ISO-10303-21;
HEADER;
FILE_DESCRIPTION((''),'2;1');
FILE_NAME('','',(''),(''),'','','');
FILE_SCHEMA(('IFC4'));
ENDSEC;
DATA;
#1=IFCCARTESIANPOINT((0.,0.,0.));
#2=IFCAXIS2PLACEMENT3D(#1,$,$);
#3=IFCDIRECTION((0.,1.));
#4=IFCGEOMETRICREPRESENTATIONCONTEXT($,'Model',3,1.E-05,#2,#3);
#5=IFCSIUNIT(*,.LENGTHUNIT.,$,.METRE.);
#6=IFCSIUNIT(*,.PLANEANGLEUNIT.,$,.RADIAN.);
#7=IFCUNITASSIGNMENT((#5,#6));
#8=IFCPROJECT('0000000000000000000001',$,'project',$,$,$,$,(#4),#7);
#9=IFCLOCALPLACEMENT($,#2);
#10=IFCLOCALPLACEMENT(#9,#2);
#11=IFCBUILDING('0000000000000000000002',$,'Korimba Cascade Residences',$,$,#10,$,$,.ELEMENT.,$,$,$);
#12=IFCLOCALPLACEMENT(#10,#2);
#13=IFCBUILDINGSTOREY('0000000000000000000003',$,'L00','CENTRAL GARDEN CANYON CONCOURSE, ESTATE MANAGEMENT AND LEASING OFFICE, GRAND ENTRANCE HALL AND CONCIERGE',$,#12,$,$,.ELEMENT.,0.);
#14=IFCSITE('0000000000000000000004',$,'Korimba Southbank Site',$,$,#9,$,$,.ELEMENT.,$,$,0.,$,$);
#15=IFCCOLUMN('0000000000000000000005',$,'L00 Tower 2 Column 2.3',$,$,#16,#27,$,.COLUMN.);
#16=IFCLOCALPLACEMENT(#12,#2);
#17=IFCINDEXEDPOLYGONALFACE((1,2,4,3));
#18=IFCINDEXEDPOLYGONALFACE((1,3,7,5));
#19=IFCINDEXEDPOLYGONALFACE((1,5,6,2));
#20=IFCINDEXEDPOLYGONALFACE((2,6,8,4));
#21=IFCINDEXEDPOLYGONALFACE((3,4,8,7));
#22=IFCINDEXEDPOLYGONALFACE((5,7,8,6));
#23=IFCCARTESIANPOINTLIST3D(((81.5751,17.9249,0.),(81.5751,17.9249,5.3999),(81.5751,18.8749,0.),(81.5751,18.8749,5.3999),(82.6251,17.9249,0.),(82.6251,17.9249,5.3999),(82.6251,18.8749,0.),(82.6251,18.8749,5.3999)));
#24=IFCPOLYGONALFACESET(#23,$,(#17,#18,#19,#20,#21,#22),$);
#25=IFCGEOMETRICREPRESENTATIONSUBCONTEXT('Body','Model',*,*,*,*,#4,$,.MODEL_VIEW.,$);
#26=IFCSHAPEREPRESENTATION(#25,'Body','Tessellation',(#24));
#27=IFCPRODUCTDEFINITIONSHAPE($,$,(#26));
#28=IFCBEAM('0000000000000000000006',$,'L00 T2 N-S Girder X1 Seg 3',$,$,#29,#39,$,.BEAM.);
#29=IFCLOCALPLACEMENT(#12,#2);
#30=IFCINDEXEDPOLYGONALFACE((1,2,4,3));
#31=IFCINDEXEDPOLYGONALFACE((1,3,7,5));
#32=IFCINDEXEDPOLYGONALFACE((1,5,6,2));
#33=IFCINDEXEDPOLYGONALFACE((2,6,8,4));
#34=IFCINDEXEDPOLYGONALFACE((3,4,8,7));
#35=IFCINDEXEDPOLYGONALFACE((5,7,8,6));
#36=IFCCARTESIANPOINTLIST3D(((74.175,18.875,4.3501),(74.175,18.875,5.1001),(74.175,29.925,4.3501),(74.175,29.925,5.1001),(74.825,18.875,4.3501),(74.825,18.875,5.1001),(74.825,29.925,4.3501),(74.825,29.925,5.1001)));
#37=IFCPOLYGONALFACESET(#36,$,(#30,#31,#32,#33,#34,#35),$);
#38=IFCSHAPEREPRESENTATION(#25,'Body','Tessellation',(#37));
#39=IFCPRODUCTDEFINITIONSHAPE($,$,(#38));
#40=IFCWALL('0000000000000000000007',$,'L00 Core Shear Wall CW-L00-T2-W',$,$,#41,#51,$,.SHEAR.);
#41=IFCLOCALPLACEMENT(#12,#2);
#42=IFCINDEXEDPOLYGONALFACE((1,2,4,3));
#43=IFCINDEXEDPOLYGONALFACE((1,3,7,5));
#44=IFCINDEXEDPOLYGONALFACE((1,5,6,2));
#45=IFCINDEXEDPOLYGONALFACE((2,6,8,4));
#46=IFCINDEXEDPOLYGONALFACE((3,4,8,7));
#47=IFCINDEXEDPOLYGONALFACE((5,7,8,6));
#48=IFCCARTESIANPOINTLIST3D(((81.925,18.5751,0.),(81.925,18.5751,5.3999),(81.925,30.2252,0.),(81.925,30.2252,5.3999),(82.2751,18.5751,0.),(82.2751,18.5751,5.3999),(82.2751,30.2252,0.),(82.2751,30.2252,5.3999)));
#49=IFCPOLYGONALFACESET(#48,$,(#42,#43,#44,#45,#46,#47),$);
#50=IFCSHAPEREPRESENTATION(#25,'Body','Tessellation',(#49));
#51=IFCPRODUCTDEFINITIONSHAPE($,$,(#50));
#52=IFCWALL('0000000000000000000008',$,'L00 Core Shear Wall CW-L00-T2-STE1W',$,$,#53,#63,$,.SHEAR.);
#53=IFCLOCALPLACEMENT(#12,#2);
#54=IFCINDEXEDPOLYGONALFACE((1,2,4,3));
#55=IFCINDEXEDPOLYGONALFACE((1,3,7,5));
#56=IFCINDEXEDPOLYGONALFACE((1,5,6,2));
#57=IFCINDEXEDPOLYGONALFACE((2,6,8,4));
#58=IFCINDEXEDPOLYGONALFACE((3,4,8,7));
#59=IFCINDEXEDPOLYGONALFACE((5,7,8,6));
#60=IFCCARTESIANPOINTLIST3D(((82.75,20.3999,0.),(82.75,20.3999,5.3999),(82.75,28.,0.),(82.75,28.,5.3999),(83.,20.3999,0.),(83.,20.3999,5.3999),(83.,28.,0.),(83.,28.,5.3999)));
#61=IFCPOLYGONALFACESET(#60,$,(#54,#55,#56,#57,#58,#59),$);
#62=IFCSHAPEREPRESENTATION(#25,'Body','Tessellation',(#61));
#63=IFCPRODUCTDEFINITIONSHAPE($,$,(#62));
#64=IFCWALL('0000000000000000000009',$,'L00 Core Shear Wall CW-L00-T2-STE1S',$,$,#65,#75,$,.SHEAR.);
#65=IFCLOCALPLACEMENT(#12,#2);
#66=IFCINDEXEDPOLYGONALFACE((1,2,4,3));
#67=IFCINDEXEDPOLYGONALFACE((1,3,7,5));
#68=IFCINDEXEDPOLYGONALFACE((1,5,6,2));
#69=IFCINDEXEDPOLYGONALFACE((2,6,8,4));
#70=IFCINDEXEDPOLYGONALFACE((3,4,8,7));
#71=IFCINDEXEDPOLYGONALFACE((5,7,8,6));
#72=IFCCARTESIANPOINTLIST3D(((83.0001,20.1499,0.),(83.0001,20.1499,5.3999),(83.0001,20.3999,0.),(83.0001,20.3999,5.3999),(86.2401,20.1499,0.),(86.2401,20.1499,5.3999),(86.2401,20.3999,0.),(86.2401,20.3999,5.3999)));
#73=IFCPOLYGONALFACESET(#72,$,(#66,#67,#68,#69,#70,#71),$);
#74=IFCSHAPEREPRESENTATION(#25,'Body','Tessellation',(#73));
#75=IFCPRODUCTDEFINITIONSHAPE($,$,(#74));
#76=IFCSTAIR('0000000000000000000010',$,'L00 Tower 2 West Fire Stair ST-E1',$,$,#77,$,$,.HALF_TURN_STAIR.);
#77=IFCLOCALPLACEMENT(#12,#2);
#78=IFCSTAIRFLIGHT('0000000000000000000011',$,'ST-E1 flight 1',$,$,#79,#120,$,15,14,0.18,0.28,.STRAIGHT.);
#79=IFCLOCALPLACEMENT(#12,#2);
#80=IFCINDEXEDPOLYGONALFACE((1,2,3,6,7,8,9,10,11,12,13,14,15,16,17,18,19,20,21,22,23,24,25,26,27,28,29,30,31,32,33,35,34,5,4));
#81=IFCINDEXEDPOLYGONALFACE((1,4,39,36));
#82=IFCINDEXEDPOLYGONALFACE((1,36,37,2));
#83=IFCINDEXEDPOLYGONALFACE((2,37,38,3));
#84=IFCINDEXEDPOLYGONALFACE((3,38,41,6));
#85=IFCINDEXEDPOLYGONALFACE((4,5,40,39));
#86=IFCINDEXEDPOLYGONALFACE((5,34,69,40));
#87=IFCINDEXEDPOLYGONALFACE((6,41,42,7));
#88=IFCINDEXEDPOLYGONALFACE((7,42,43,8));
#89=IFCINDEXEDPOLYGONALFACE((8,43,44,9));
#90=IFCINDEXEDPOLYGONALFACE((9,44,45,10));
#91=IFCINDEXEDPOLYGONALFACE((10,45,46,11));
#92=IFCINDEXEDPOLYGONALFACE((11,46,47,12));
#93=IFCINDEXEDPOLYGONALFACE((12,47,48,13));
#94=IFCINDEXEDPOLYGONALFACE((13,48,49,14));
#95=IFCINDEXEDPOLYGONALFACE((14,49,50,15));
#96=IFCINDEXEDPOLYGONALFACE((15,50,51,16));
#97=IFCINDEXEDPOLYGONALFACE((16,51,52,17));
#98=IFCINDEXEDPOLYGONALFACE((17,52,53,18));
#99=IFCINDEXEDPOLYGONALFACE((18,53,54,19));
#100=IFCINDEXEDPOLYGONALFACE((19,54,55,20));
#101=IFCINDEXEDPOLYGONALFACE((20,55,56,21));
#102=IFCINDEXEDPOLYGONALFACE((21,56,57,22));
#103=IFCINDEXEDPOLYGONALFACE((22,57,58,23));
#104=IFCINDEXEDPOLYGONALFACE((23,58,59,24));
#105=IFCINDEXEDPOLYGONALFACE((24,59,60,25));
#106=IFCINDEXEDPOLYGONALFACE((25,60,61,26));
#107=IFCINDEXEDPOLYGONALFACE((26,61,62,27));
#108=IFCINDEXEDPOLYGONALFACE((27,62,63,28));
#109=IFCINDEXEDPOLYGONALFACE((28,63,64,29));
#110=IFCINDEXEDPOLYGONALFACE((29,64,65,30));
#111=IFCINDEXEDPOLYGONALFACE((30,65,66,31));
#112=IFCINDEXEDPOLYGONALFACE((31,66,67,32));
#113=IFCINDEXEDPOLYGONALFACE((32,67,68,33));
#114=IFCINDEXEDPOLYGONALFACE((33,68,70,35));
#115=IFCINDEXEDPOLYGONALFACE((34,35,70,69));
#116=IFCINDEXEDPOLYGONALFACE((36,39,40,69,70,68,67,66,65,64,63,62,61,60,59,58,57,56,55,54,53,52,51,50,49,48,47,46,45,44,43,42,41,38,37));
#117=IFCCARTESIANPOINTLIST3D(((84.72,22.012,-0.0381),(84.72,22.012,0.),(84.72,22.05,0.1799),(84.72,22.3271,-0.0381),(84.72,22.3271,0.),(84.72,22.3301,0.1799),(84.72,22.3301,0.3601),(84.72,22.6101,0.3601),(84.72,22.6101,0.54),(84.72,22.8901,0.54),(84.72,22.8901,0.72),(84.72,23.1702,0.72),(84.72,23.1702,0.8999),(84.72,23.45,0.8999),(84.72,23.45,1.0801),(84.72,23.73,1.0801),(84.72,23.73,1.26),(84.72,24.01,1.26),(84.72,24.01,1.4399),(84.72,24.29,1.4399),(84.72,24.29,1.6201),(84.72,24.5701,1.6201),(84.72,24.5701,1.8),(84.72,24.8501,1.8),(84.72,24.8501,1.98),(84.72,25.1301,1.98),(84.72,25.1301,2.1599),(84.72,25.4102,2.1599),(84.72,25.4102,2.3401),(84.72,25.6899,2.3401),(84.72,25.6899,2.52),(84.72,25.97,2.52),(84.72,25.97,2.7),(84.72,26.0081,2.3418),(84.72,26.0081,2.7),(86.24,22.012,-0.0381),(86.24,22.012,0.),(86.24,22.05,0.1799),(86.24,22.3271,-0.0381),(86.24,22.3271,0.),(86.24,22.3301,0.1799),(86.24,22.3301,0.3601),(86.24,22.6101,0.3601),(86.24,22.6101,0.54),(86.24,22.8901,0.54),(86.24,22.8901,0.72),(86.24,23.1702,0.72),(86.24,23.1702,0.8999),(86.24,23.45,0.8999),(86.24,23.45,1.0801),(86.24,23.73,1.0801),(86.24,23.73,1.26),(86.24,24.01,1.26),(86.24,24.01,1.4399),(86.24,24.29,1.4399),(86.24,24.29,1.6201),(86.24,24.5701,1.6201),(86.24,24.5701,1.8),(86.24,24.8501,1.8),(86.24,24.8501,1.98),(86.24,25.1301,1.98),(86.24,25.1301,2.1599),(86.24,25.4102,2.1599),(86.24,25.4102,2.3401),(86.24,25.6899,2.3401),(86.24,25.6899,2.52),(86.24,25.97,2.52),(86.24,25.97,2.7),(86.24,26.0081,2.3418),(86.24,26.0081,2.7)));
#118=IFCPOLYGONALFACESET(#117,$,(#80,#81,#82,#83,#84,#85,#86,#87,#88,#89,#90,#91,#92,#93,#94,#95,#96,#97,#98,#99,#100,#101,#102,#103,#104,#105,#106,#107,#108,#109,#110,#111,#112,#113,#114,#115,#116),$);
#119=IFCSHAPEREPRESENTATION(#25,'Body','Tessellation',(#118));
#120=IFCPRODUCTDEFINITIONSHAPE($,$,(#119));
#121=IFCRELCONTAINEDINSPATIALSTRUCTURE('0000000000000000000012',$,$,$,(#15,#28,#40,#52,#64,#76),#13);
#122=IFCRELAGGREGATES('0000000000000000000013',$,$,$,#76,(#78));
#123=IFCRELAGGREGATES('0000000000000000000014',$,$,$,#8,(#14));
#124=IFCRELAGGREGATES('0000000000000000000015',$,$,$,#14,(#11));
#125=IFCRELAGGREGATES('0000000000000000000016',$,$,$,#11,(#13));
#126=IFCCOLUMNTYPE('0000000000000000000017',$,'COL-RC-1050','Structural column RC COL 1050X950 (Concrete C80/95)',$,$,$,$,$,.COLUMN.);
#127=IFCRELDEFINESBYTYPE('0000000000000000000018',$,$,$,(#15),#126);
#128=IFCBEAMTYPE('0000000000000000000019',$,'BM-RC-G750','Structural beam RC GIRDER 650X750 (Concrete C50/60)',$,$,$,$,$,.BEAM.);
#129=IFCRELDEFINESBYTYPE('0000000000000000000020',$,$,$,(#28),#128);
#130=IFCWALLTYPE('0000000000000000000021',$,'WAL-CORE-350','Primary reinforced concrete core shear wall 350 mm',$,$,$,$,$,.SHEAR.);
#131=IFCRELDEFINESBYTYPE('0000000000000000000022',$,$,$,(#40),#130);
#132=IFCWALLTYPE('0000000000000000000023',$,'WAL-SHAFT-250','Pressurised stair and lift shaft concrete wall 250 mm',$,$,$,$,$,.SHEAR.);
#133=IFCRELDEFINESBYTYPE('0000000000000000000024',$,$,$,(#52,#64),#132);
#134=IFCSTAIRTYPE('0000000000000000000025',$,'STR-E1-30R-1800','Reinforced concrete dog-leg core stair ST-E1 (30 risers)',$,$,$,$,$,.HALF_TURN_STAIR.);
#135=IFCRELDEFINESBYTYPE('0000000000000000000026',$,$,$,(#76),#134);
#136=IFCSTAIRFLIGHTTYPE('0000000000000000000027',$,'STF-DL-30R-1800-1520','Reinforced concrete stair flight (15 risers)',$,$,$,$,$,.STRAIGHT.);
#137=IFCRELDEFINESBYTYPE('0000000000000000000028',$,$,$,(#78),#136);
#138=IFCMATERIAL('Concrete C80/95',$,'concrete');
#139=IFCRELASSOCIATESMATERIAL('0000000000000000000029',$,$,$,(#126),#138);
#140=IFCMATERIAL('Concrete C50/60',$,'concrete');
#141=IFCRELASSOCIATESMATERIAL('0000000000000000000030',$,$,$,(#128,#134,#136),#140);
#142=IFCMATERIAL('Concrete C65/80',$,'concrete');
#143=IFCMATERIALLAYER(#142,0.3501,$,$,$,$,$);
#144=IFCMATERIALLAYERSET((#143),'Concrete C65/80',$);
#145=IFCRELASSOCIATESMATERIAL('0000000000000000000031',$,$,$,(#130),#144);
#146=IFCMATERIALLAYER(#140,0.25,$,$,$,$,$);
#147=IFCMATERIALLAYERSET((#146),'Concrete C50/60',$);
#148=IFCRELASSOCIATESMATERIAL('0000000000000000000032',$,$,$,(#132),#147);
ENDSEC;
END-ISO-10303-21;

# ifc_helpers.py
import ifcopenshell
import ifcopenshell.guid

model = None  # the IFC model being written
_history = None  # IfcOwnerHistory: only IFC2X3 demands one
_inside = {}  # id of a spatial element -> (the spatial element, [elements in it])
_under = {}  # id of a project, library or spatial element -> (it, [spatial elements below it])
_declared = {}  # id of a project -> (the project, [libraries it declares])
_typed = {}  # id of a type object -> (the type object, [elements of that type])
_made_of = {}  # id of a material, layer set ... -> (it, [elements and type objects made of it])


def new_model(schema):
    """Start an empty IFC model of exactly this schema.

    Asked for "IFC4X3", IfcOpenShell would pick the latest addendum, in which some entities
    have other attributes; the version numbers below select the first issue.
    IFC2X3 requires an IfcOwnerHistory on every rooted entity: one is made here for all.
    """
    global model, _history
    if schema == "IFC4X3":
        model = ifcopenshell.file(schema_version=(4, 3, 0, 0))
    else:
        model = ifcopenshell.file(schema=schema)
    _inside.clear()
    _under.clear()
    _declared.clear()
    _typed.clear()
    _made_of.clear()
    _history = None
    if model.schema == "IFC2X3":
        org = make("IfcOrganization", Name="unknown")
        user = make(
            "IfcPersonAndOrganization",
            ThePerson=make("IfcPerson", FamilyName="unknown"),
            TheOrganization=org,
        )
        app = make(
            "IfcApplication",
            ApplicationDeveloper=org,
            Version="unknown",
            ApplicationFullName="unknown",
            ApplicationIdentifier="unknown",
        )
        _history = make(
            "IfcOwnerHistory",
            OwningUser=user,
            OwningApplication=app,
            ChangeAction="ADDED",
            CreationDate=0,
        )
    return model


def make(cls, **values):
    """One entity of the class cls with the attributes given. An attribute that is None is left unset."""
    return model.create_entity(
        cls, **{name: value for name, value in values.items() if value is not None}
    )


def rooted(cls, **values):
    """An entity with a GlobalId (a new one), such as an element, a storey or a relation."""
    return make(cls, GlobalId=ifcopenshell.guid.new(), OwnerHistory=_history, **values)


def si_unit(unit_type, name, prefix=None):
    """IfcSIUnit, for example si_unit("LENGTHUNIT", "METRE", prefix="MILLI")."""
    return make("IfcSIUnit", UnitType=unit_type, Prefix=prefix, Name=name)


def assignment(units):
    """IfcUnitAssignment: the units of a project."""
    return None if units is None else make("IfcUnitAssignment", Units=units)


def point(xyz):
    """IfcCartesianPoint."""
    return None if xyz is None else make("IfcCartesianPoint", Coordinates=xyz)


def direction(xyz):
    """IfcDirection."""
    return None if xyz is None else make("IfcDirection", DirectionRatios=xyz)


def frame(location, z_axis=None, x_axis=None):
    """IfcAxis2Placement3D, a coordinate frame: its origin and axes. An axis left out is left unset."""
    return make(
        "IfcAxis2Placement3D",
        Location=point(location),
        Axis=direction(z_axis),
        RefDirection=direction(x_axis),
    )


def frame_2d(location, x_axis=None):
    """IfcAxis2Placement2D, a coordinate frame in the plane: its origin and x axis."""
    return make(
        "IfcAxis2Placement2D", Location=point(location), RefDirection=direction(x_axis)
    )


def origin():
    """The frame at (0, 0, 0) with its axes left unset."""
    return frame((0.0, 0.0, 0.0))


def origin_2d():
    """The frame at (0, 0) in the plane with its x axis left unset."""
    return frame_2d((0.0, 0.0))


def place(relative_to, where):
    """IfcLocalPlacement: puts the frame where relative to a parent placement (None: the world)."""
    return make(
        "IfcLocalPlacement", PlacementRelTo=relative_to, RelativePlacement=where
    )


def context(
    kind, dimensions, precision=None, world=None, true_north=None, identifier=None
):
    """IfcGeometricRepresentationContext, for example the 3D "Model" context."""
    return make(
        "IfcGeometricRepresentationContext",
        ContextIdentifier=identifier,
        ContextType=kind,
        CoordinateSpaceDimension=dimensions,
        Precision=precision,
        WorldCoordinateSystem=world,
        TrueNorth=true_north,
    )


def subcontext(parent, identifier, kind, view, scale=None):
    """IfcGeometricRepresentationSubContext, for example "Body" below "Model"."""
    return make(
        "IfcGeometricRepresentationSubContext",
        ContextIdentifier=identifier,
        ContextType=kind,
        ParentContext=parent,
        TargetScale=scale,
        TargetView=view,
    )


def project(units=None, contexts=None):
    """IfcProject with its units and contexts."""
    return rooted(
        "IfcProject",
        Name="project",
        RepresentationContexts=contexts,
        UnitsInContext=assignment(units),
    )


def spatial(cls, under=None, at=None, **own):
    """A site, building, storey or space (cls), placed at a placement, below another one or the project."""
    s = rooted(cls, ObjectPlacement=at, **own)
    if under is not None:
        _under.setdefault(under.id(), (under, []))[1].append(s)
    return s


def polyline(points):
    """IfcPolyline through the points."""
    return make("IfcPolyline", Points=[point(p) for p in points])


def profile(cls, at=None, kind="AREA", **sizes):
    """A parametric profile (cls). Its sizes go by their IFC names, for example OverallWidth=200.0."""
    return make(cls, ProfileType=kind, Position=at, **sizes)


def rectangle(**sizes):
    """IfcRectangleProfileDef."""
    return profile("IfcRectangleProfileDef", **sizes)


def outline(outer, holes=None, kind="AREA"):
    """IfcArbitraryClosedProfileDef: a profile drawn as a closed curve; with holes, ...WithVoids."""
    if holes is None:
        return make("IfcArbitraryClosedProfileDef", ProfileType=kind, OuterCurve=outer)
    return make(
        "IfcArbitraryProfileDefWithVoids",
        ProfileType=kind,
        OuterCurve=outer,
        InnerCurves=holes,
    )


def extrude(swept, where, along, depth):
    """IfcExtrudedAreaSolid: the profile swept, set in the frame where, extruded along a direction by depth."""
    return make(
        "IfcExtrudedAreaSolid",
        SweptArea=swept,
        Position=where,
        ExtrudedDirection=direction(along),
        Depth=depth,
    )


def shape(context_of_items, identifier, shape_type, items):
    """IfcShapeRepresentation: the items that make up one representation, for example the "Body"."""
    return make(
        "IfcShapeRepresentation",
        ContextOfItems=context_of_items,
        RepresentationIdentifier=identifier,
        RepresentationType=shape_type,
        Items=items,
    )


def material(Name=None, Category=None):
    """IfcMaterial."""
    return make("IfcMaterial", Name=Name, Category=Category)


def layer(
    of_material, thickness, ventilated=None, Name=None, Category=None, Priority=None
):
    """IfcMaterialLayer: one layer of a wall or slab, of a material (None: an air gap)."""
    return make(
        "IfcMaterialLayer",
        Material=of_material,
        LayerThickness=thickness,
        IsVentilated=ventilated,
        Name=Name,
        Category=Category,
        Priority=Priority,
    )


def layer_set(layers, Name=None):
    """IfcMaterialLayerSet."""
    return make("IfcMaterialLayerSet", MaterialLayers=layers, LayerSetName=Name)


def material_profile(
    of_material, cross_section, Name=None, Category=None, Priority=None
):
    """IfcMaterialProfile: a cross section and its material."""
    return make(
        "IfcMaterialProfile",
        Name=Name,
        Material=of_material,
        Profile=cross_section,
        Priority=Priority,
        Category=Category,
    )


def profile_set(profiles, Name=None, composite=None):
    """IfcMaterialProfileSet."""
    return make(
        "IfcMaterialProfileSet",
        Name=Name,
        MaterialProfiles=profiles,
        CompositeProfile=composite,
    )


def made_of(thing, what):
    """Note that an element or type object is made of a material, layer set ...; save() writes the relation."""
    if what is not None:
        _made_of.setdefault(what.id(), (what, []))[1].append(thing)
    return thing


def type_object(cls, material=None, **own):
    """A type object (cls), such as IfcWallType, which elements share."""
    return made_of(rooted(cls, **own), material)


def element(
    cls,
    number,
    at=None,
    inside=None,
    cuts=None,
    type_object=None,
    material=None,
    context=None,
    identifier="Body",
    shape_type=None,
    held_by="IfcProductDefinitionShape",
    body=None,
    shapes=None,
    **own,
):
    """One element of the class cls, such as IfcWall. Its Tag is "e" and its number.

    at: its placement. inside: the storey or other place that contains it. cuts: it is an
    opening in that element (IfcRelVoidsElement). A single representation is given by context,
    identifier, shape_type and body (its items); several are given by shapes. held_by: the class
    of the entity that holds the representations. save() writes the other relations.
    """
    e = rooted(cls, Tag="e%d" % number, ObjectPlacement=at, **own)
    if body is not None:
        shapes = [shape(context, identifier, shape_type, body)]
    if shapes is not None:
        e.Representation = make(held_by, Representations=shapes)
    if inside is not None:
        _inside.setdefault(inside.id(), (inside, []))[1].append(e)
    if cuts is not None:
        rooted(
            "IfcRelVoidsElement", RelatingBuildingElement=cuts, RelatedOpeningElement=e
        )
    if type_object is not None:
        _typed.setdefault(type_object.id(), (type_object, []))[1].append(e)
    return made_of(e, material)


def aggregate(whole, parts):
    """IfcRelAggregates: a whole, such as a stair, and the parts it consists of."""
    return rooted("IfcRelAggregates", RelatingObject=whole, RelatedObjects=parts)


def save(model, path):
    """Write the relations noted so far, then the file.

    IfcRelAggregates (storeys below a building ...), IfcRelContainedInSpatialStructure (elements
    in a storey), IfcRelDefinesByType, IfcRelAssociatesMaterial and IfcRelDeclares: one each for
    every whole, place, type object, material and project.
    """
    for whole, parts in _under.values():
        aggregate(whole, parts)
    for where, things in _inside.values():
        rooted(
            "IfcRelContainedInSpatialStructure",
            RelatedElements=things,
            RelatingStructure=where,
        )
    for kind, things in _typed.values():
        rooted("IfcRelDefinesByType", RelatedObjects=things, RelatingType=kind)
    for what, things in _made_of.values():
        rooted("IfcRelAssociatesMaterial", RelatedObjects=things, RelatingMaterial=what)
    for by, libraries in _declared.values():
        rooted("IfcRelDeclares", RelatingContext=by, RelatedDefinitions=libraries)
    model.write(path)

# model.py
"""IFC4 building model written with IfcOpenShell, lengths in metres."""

from ifc_helpers import new_model, si_unit, direction, frame, frame_2d, origin, origin_2d, place, context, subcontext, project, spatial, polyline, rectangle, outline, extrude, material, layer, layer_set, material_profile, profile_set, type_object, element, aggregate, save


model = new_model("IFC4")

# Units and contexts
model_context = context("Model", 3, precision=1e-05, world=origin(), true_north=direction((0.0, 1.0)))
body_context = subcontext(model_context, "Body", "Model", "MODEL_VIEW")
ifc_project = project(units=[si_unit("LENGTHUNIT", "METRE"), si_unit("PLANEANGLEUNIT", "RADIAN")], contexts=[model_context])

# Site, building, storey
site_placement = place(None, origin())
site = spatial("IfcSite", under=ifc_project, at=site_placement, Name="Korimba Southbank Site", CompositionType="ELEMENT", RefElevation=0.0)
building_placement = place(site_placement, origin())
building = spatial("IfcBuilding", under=site, at=building_placement, Name="Korimba Cascade Residences", CompositionType="ELEMENT")
storey_placement = place(building_placement, origin())
storey = spatial("IfcBuildingStorey", under=building, at=storey_placement, Name="L00", Description="CENTRAL GARDEN CANYON CONCOURSE, ESTATE MANAGEMENT AND LEASING OFFICE, GRAND ENTRANCE HALL AND CONCIERGE", CompositionType="ELEMENT", Elevation=0.0)

# Column
ifc_material_1 = material(Name="Concrete C80/95", Category="concrete")
ifc_material_profile_1 = material_profile(ifc_material_1, rectangle(XDim=1.05, YDim=0.95, at=origin_2d()), Name="Concrete C80/95")
ifc_profile_set_1 = profile_set([ifc_material_profile_1], Name="Concrete C80/95")
column_type = type_object("IfcColumnType", Name="COL-RC-1050", Description="Structural column RC COL 1050X950 (Concrete C80/95)", PredefinedType="COLUMN", material=ifc_profile_set_1)
column_placement = place(storey_placement, frame((82.1001, 18.3999, 0.0), z_axis=(0.0, 0.0, 1.0), x_axis=(1.0, 0.0, 0.0)))
element("IfcColumn", 1, at=column_placement, inside=storey, type_object=column_type, Name="L00 Tower 2 Column 2.3", PredefinedType="COLUMN", context=body_context, shape_type="SweptSolid", body=[
    extrude(rectangle(XDim=1.05, YDim=0.95, at=origin_2d()), origin(), (0.0, 0.0, 1.0), 5.3999),
])

# Beam
ifc_material_2 = material(Name="Concrete C50/60", Category="concrete")
ifc_material_profile_2 = material_profile(ifc_material_2, rectangle(XDim=0.6499, YDim=0.75, at=origin_2d()), Name="Concrete C50/60")
ifc_profile_set_2 = profile_set([ifc_material_profile_2], Name="Concrete C50/60")
beam_type = type_object("IfcBeamType", Name="BM-RC-G750", Description="Structural beam RC GIRDER 650X750 (Concrete C50/60)", PredefinedType="BEAM", material=ifc_profile_set_2)
beam_placement = place(storey_placement, frame((74.5, 18.875, 4.7251), z_axis=(0.0, 1.0, 0.0), x_axis=(-1.0, 0.0, 0.0)))
element("IfcBeam", 2, at=beam_placement, inside=storey, type_object=beam_type, Name="L00 T2 N-S Girder X1 Seg 3", PredefinedType="BEAM", context=body_context, shape_type="SweptSolid", body=[
    extrude(rectangle(XDim=0.6499, YDim=0.75, at=origin_2d()), origin(), (0.0, 0.0, 1.0), 11.05),
])

# Walls
ifc_material_3 = material(Name="Concrete C65/80", Category="concrete")
ifc_layer_1 = layer(ifc_material_3, 0.3501)
ifc_layer_set_1 = layer_set([ifc_layer_1], Name="Concrete C65/80")
wall_type_1 = type_object("IfcWallType", Name="WAL-CORE-350", Description="Primary reinforced concrete core shear wall 350 mm", PredefinedType="SHEAR", material=ifc_layer_set_1)
wall_1_placement = place(storey_placement, frame((82.1001, 18.575, 0.0), z_axis=(0.0, 0.0, 1.0), x_axis=(0.0, 1.0, 0.0)))
element("IfcWall", 3, at=wall_1_placement, inside=storey, type_object=wall_type_1, Name="L00 Core Shear Wall CW-L00-T2-W", PredefinedType="SHEAR", context=body_context, shape_type="SweptSolid", body=[
    extrude(rectangle(XDim=11.6501, YDim=0.3501, at=frame_2d((5.8252, 0.0))), origin(), (0.0, 0.0, 1.0), 5.3999),
])
ifc_layer_2 = layer(ifc_material_2, 0.25)
ifc_layer_set_2 = layer_set([ifc_layer_2], Name="Concrete C50/60")
wall_type_2 = type_object("IfcWallType", Name="WAL-SHAFT-250", Description="Pressurised stair and lift shaft concrete wall 250 mm", PredefinedType="SHEAR", material=ifc_layer_set_2)
wall_2_placement = place(storey_placement, frame((82.875, 20.3999, 0.0), z_axis=(0.0, 0.0, 1.0), x_axis=(0.0, 1.0, 0.0)))
element("IfcWall", 4, at=wall_2_placement, inside=storey, type_object=wall_type_2, Name="L00 Core Shear Wall CW-L00-T2-STE1W", PredefinedType="SHEAR", context=body_context, shape_type="SweptSolid", body=[
    extrude(rectangle(XDim=7.6001, YDim=0.25, at=frame_2d((3.8, 0.0))), origin(), (0.0, 0.0, 1.0), 5.3999),
])
wall_3_placement = place(storey_placement, frame((83.0, 20.2749, 0.0), z_axis=(0.0, 0.0, 1.0), x_axis=(1.0, 0.0, 0.0)))
element("IfcWall", 5, at=wall_3_placement, inside=storey, type_object=wall_type_2, Name="L00 Core Shear Wall CW-L00-T2-STE1S", PredefinedType="SHEAR", context=body_context, shape_type="SweptSolid", body=[
    extrude(rectangle(XDim=3.24, YDim=0.25, at=frame_2d((1.6201, 0.0))), origin(), (0.0, 0.0, 1.0), 5.3999),
])

# Stair, stair flight
stair_type = type_object("IfcStairType", Name="STR-E1-30R-1800", Description="Reinforced concrete dog-leg core stair ST-E1 (30 risers)", PredefinedType="HALF_TURN_STAIR", material=ifc_material_2)
stair_placement = place(storey_placement, origin())
stair = element("IfcStair", 6, at=stair_placement, inside=storey, type_object=stair_type, Name="L00 Tower 2 West Fire Stair ST-E1", PredefinedType="HALF_TURN_STAIR")
stair_flight_type = type_object("IfcStairFlightType", Name="STF-DL-30R-1800-1520", Description="Reinforced concrete stair flight (15 risers)", PredefinedType="STRAIGHT", material=ifc_material_2)
stair_flight_placement = place(storey_placement, frame((85.48, 22.05, 0.0), z_axis=(0.0, 0.0, 1.0), x_axis=(0.0, 1.0, 0.0)))
stair_flight = element("IfcStairFlight", 7, at=stair_flight_placement, type_object=stair_flight_type, Name="ST-E1 flight 1", NumberOfRisers=15, NumberOfTreads=14, PredefinedType="STRAIGHT", RiserHeight=0.18, TreadLength=0.28, context=body_context, shape_type="SweptSolid", body=[
    extrude(outline(polyline([(-0.0381, 0.0), (0.0, 0.1799), (0.28, 0.1799), (0.28, 0.3601), (0.5601, 0.3601), (0.5601, 0.54), (0.8401, 0.54), (0.8401, 0.72), (1.1201, 0.72), (1.1201, 0.8999), (1.3999, 0.8999), (1.3999, 1.0801), (1.6799, 1.0801), (1.6799, 1.26), (1.96, 1.26), (1.96, 1.4399), (2.24, 1.4399), (2.24, 1.6201), (2.52, 1.6201), (2.52, 1.8), (2.8, 1.8), (2.8, 1.98), (3.0801, 1.98), (3.0801, 2.1599), (3.3601, 2.1599), (3.3601, 2.3401), (3.6399, 2.3401), (3.6399, 2.52), (3.9199, 2.52), (3.9199, 2.7), (3.958, 2.7), (3.958, 2.3418), (0.2771, 0.0), (0.2771, -0.0381), (-0.0381, -0.0381), (-0.0381, 0.0)])), frame((0.0, 0.76, 0.0), z_axis=(0.0, -1.0, 0.0), x_axis=(1.0, 0.0, 0.0)), (0.0, 0.0, 1.0), 1.52),
])
aggregate(stair, [stair_flight])

save(model, "model.ifc")
